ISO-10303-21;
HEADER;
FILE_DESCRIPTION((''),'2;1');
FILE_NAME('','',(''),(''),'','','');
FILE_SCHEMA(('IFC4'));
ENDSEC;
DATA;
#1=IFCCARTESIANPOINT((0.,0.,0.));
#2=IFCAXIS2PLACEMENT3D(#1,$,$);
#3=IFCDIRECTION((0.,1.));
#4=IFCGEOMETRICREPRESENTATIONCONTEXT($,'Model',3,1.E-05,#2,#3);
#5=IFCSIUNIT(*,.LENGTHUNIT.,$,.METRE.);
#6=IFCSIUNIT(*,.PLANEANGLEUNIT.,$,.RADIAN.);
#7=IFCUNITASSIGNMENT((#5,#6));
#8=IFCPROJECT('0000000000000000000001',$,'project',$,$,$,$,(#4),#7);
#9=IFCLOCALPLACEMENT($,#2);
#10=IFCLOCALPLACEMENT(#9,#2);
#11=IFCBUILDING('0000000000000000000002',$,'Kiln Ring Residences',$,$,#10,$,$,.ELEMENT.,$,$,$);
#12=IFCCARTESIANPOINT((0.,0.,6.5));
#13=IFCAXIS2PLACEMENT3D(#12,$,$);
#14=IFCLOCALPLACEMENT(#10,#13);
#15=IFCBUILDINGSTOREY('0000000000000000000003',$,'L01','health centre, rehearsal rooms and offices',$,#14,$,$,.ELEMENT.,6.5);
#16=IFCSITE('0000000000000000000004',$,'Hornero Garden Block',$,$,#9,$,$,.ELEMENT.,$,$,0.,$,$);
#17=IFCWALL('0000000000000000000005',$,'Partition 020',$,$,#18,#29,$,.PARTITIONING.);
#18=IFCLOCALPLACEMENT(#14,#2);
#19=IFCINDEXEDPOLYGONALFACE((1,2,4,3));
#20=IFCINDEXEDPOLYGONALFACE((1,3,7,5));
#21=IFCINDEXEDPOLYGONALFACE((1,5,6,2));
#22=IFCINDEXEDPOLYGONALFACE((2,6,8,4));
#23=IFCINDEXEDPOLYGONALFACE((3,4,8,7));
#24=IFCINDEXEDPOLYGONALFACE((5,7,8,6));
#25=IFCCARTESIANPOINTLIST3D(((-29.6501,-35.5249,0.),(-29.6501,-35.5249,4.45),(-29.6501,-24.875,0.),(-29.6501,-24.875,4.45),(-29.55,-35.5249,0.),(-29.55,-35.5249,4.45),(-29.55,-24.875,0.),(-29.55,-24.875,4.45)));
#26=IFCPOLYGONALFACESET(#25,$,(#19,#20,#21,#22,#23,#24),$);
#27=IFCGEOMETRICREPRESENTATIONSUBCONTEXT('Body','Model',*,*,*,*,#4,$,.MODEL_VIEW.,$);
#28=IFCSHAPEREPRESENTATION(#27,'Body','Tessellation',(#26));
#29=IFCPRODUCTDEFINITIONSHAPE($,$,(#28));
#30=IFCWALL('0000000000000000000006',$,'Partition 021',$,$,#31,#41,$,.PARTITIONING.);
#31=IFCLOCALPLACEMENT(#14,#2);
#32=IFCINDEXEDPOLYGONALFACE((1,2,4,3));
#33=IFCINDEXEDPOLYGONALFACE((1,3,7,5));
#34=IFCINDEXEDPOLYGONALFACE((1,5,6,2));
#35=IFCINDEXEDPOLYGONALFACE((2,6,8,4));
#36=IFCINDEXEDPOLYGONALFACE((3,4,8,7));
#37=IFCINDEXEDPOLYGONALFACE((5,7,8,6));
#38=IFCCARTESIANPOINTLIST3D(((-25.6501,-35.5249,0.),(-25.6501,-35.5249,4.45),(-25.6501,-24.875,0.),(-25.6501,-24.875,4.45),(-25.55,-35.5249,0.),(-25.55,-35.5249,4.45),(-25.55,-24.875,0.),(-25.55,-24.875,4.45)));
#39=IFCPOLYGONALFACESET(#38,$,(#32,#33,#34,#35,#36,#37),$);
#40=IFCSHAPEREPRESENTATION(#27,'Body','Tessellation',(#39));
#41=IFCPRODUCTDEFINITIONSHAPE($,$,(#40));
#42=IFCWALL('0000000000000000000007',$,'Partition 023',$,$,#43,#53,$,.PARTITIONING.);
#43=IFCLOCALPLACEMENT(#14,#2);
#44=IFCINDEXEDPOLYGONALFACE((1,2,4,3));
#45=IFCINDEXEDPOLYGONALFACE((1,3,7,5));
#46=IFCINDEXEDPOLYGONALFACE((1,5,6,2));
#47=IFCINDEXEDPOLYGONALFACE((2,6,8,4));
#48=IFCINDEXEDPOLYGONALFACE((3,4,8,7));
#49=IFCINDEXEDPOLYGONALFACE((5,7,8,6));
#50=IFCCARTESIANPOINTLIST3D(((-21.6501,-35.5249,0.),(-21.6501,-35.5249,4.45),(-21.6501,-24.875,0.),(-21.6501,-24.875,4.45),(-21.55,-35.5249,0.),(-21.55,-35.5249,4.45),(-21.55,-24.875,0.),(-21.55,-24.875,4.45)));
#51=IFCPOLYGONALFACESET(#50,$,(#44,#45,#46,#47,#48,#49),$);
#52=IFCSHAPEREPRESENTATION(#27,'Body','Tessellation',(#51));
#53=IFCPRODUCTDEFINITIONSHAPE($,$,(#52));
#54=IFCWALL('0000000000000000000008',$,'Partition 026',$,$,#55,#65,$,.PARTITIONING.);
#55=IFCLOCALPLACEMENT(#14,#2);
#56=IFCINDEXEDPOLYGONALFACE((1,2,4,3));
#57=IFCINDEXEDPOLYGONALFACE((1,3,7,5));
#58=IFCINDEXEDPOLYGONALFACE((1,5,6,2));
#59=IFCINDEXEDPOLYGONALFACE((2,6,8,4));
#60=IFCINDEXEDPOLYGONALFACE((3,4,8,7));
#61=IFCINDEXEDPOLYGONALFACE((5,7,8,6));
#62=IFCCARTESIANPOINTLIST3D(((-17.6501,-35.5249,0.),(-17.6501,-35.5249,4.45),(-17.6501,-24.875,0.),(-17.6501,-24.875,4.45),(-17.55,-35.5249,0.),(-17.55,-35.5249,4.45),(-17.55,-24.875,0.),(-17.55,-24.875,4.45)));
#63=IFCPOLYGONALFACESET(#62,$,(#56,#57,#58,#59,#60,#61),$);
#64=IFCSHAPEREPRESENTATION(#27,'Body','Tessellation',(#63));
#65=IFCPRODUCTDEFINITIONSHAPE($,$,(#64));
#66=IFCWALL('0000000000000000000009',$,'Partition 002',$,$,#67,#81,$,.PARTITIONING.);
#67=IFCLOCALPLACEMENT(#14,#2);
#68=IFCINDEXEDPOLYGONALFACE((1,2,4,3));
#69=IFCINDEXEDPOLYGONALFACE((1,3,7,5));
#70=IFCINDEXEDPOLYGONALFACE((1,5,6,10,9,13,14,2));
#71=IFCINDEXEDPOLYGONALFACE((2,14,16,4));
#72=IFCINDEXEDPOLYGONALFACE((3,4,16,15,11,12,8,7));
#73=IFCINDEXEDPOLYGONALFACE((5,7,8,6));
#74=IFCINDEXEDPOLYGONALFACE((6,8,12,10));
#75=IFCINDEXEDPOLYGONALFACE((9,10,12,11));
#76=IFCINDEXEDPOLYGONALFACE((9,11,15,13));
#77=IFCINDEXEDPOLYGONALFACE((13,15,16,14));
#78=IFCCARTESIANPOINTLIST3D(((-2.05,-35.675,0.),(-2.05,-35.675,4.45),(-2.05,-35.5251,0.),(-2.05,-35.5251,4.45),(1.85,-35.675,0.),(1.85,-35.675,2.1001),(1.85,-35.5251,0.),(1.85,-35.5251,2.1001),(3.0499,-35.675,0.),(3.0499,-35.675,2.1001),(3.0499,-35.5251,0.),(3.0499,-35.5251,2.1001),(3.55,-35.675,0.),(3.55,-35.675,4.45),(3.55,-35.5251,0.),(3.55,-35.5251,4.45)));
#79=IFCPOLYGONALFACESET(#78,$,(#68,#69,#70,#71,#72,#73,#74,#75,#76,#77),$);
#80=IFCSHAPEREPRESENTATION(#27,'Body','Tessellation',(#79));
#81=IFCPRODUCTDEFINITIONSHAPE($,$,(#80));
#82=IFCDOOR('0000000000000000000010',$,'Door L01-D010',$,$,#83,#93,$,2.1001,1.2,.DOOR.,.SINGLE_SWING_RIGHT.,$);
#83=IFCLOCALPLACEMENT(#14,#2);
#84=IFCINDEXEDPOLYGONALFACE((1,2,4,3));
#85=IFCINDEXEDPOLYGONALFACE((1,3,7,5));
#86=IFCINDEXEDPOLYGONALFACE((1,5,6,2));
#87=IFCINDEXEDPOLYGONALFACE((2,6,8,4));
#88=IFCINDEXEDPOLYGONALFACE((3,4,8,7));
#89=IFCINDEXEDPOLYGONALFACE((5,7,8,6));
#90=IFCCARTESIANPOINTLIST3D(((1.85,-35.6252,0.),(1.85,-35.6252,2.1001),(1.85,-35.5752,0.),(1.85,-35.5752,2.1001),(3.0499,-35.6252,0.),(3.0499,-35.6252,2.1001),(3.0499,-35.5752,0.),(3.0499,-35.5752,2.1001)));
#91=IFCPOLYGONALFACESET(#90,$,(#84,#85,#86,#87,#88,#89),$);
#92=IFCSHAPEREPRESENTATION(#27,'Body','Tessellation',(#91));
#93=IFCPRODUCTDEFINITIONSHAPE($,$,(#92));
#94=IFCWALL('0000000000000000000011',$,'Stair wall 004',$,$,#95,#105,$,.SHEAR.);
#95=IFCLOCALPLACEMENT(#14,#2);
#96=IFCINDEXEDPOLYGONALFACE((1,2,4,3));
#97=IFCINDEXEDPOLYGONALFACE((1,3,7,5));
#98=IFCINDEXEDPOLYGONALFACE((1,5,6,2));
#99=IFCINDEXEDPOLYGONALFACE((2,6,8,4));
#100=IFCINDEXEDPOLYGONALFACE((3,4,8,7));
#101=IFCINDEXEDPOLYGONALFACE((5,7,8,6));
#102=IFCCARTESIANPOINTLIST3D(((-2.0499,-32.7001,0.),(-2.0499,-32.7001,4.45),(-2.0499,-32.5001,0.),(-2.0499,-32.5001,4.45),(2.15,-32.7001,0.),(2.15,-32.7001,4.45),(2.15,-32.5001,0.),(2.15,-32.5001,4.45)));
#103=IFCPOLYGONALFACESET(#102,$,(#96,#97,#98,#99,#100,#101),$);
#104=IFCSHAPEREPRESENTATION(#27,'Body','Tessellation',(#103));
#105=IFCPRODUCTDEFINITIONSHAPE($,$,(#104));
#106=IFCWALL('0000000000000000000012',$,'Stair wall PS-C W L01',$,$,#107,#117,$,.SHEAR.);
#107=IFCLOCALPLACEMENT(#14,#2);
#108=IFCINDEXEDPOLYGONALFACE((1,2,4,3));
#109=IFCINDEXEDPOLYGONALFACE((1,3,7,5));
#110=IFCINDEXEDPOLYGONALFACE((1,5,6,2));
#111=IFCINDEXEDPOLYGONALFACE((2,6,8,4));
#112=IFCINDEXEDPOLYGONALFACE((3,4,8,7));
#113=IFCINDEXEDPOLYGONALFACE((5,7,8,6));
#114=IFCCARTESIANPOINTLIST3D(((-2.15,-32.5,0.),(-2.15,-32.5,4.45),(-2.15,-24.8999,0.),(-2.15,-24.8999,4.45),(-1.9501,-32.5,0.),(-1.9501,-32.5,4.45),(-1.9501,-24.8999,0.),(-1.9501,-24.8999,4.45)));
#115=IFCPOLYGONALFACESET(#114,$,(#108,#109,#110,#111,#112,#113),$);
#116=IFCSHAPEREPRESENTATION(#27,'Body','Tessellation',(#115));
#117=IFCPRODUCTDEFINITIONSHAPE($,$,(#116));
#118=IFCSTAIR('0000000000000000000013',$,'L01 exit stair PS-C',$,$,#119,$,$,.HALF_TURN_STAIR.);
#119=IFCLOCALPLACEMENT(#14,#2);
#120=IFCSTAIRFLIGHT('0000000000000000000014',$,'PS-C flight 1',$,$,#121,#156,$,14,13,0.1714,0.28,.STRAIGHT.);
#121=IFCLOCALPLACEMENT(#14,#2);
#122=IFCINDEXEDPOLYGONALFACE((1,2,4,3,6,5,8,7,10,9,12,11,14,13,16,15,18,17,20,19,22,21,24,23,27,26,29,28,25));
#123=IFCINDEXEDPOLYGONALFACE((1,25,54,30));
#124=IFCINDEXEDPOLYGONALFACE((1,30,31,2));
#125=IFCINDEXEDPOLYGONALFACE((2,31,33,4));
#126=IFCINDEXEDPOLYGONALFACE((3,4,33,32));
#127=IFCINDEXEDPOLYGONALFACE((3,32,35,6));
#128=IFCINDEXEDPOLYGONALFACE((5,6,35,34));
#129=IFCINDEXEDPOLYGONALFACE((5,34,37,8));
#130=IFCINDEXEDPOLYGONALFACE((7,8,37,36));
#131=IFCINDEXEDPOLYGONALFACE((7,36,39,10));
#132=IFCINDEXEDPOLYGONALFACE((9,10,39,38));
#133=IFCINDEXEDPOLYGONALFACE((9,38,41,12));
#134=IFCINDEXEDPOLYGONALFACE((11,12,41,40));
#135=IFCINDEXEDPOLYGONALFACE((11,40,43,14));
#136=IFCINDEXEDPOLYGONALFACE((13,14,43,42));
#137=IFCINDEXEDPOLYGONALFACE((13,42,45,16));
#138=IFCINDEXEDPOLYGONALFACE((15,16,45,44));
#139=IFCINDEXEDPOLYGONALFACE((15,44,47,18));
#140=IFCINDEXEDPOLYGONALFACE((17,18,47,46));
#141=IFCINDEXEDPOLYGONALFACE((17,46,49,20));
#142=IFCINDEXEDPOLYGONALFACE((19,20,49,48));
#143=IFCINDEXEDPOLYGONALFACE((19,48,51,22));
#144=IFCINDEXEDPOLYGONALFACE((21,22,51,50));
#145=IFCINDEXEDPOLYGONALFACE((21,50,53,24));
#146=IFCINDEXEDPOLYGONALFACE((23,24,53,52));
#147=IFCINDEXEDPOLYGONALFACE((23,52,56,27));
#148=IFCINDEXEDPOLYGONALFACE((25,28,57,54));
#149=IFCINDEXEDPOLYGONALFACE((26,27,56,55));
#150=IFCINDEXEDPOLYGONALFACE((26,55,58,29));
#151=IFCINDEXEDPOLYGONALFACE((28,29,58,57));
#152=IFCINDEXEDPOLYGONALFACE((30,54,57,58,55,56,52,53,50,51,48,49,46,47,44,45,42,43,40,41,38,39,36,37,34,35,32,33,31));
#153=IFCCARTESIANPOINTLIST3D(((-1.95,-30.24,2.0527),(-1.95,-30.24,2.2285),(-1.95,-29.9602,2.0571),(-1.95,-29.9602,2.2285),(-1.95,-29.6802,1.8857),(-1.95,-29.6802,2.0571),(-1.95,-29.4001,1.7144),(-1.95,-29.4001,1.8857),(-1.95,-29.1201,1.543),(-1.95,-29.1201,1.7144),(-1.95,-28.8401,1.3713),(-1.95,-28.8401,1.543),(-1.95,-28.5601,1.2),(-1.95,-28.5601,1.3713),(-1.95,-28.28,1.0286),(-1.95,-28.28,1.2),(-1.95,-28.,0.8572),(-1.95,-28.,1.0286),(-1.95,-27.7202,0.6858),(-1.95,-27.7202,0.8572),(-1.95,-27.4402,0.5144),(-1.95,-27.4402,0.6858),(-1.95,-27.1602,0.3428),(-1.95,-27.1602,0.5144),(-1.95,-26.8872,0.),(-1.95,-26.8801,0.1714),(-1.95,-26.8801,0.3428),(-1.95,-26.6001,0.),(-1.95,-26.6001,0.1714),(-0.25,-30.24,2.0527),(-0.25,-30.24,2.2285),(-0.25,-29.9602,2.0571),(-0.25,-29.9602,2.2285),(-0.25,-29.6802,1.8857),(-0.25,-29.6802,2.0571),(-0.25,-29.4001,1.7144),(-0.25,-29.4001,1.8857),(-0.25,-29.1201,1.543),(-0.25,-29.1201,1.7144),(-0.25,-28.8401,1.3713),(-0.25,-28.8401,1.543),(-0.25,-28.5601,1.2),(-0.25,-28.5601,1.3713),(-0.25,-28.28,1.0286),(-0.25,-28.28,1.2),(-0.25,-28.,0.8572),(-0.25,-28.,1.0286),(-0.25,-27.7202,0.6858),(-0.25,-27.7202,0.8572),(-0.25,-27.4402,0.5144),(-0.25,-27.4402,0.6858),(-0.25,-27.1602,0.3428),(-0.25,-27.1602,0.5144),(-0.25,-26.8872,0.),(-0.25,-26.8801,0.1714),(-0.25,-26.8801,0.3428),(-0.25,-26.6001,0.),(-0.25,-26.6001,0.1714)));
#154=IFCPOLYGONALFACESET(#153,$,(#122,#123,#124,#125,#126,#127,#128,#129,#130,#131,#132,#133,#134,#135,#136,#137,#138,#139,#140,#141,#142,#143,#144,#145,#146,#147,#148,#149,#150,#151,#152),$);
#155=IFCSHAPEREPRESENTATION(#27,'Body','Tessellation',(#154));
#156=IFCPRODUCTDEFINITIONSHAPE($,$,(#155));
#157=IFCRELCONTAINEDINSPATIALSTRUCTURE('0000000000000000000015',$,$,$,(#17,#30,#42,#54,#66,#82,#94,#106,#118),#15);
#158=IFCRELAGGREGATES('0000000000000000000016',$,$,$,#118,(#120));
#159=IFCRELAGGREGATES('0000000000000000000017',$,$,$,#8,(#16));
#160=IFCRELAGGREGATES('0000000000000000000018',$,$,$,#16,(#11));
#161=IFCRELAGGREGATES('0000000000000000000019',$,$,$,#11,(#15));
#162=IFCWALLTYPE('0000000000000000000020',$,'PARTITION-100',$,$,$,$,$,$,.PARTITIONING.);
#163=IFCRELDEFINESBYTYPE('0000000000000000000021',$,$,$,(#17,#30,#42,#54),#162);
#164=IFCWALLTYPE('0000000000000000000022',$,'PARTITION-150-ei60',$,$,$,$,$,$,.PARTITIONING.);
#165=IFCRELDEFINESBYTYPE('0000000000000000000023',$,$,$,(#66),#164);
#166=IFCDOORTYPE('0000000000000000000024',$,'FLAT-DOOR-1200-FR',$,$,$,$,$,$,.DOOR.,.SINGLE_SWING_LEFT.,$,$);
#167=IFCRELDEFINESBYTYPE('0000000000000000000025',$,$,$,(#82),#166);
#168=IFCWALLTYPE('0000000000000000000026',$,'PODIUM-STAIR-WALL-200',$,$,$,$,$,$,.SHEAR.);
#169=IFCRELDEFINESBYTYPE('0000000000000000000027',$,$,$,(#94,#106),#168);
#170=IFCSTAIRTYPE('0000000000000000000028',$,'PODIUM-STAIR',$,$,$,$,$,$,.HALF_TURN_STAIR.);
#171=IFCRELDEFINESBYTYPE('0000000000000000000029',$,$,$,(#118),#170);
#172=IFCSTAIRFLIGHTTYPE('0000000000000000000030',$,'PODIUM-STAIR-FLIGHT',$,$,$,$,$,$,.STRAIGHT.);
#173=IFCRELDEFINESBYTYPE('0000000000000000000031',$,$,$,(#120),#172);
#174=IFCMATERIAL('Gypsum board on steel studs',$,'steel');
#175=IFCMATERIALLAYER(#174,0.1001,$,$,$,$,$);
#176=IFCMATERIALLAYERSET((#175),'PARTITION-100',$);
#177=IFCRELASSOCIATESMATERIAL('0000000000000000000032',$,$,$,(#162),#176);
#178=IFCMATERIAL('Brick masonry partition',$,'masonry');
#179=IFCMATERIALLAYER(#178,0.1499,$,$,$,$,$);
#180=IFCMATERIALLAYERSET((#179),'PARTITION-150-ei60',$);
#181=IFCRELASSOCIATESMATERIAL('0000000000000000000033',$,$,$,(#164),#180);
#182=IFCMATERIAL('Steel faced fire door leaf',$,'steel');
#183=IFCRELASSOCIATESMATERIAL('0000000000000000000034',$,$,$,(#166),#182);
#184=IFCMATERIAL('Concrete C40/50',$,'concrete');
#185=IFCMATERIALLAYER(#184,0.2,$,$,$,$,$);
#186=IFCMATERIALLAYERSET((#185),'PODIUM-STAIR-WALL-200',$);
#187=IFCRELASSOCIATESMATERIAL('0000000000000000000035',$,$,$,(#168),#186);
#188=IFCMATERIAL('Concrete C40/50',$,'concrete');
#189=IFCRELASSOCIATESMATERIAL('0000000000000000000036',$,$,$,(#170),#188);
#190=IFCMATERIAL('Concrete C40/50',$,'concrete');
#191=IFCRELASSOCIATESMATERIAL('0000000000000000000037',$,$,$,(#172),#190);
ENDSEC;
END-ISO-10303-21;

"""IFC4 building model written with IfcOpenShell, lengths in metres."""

from ifc_helpers import new_model, si_unit, direction, frame, frame_2d, origin, place, context, subcontext, project, spatial, polyline, rectangle, outline, extrude, material, layer, layer_set, type_object, element, fill, aggregate, save


model = new_model("IFC4")

# Units and contexts
model_context = context("Model", 3, precision=1e-05, world=origin(), true_north=direction((0.0, 1.0)))
body_context = subcontext(model_context, "Body", "Model", "MODEL_VIEW")
ifc_project = project(units=[si_unit("LENGTHUNIT", "METRE"), si_unit("PLANEANGLEUNIT", "RADIAN")], contexts=[model_context])

# Site, building, storey
site_placement = place(None, origin())
site = spatial("IfcSite", under=ifc_project, at=site_placement, Name="Hornero Garden Block", CompositionType="ELEMENT", RefElevation=0.0)
building_placement = place(site_placement, origin())
building = spatial("IfcBuilding", under=site, at=building_placement, Name="Kiln Ring Residences", CompositionType="ELEMENT")
storey_placement = place(building_placement, frame((0.0, 0.0, 6.5)))
storey = spatial("IfcBuildingStorey", under=building, at=storey_placement, Name="L01", Description="health centre, rehearsal rooms and offices", CompositionType="ELEMENT", Elevation=6.5)

# Walls
ifc_material_1 = material(Name="Gypsum board on steel studs", Category="steel")
ifc_layer_1 = layer(ifc_material_1, 0.1001)
ifc_layer_set_1 = layer_set([ifc_layer_1], Name="PARTITION-100")
wall_type_1 = type_object("IfcWallType", Name="PARTITION-100", PredefinedType="PARTITIONING", material=ifc_layer_set_1)
for number, where, z_axis, x_axis, name in (
    (1, (-29.6001, -35.5249, 0.0), (0.0, 0.0, 1.0), (0.0, 1.0, 0.0), "Partition 020"),
    (2, (-25.6001, -35.5249, 0.0), (0.0, 0.0, 1.0), (0.0, 1.0, 0.0), "Partition 021"),
    (3, (-21.6001, -35.5249, 0.0), (0.0, 0.0, 1.0), (0.0, 1.0, 0.0), "Partition 023"),
    (4, (-17.6001, -35.5249, 0.0), (0.0, 0.0, 1.0), (0.0, 1.0, 0.0), "Partition 026"),
):
    element("IfcWall", number, at=place(storey_placement, frame(where, z_axis=z_axis, x_axis=x_axis)), inside=storey, type_object=wall_type_1, Name=name, PredefinedType="PARTITIONING", context=body_context, shape_type="SweptSolid", body=[
        extrude(rectangle(XDim=10.6499, YDim=0.1001, at=frame_2d((5.325, 0.0))), origin(), (0.0, 0.0, 1.0), 4.45),
    ])

# Wall, opening, door
ifc_material_2 = material(Name="Brick masonry partition", Category="masonry")
ifc_layer_2 = layer(ifc_material_2, 0.1499)
ifc_layer_set_2 = layer_set([ifc_layer_2], Name="PARTITION-150-ei60")
wall_type_2 = type_object("IfcWallType", Name="PARTITION-150-ei60", PredefinedType="PARTITIONING", material=ifc_layer_set_2)
wall_1_placement = place(storey_placement, frame((-2.05, -35.6001, 0.0), z_axis=(0.0, 0.0, 1.0), x_axis=(1.0, 0.0, 0.0)))
wall_1 = element("IfcWall", 5, at=wall_1_placement, inside=storey, type_object=wall_type_2, Name="Partition 002", PredefinedType="PARTITIONING", context=body_context, shape_type="SweptSolid", body=[
    extrude(rectangle(XDim=5.6001, YDim=0.1499, at=frame_2d((2.8, 0.0))), origin(), (0.0, 0.0, 1.0), 4.45),
])
opening_placement = place(wall_1_placement, frame((3.8999, 0.0, 0.0)))
opening = element("IfcOpeningElement", 6, at=opening_placement, cuts=wall_1, PredefinedType="OPENING", context=body_context, shape_type="SweptSolid", body=[
    extrude(rectangle(XDim=1.2, YDim=2.1001, at=frame_2d((0.6001, 1.05))), frame((0.0, 0.085, 0.0), z_axis=(0.0, -1.0, 0.0), x_axis=(1.0, 0.0, 0.0)), (0.0, 0.0, 1.0), 0.1699),
])
ifc_material_3 = material(Name="Steel faced fire door leaf", Category="steel")
door_type = type_object("IfcDoorType", Name="FLAT-DOOR-1200-FR", OperationType="SINGLE_SWING_LEFT", PredefinedType="DOOR", material=ifc_material_3)
door_placement = place(opening_placement, origin())
door = element("IfcDoor", 7, at=door_placement, inside=storey, type_object=door_type, Name="Door L01-D010", OperationType="SINGLE_SWING_RIGHT", OverallHeight=2.1001, OverallWidth=1.2, PredefinedType="DOOR", context=body_context, shape_type="SweptSolid", body=[
    extrude(rectangle(XDim=1.2, YDim=2.1001, at=frame_2d((0.6001, 1.05))), frame((0.0, 0.0249, 0.0), z_axis=(0.0, -1.0, 0.0), x_axis=(1.0, 0.0, 0.0)), (0.0, 0.0, 1.0), 0.05),
])
fill(opening, door)

# Walls
ifc_material_4 = material(Name="Concrete C40/50", Category="concrete")
ifc_layer_3 = layer(ifc_material_4, 0.2)
ifc_layer_set_3 = layer_set([ifc_layer_3], Name="PODIUM-STAIR-WALL-200")
wall_type_3 = type_object("IfcWallType", Name="PODIUM-STAIR-WALL-200", PredefinedType="SHEAR", material=ifc_layer_set_3)
wall_2_placement = place(storey_placement, frame((-2.05, -32.6001, 0.0), z_axis=(0.0, 0.0, 1.0), x_axis=(1.0, 0.0, 0.0)))
element("IfcWall", 8, at=wall_2_placement, inside=storey, type_object=wall_type_3, Name="Stair wall 004", PredefinedType="SHEAR", context=body_context, shape_type="SweptSolid", body=[
    extrude(rectangle(XDim=4.2, YDim=0.2, at=frame_2d((2.1001, 0.0))), origin(), (0.0, 0.0, 1.0), 4.45),
])
wall_3_placement = place(storey_placement, frame((-2.05, -32.5, 0.0), z_axis=(0.0, 0.0, 1.0), x_axis=(0.0, 1.0, 0.0)))
element("IfcWall", 9, at=wall_3_placement, inside=storey, type_object=wall_type_3, Name="Stair wall PS-C W L01", PredefinedType="SHEAR", context=body_context, shape_type="SweptSolid", body=[
    extrude(rectangle(XDim=7.6001, YDim=0.2, at=frame_2d((3.8, 0.0))), origin(), (0.0, 0.0, 1.0), 4.45),
])

# Stair, stair flight
ifc_material_5 = material(Name="Concrete C40/50", Category="concrete")
stair_type = type_object("IfcStairType", Name="PODIUM-STAIR", PredefinedType="HALF_TURN_STAIR", material=ifc_material_5)
stair_placement = place(storey_placement, origin())
stair = element("IfcStair", 10, at=stair_placement, inside=storey, type_object=stair_type, Name="L01 exit stair PS-C", PredefinedType="HALF_TURN_STAIR")
ifc_material_6 = material(Name="Concrete C40/50", Category="concrete")
stair_flight_type = type_object("IfcStairFlightType", Name="PODIUM-STAIR-FLIGHT", PredefinedType="STRAIGHT", material=ifc_material_6)
stair_flight_placement = place(storey_placement, frame((-1.1001, -26.6001, 0.0), z_axis=(0.0, 0.0, 1.0), x_axis=(0.0, -1.0, 0.0)))
stair_flight = element("IfcStairFlight", 11, at=stair_flight_placement, type_object=stair_flight_type, Name="PS-C flight 1", NumberOfRisers=14, NumberOfTreads=13, PredefinedType="STRAIGHT", RiserHeight=0.1714, TreadLength=0.28, context=body_context, shape_type="SweptSolid", body=[
    extrude(outline(polyline([(0.0, 0.0), (0.0, 0.1714), (0.28, 0.1714), (0.28, 0.3428), (0.5601, 0.3428), (0.5601, 0.5144), (0.8401, 0.5144), (0.8401, 0.6858), (1.1201, 0.6858), (1.1201, 0.8572), (1.3999, 0.8572), (1.3999, 1.0286), (1.6799, 1.0286), (1.6799, 1.2), (1.96, 1.2), (1.96, 1.3713), (2.24, 1.3713), (2.24, 1.543), (2.52, 1.543), (2.52, 1.7144), (2.8, 1.7144), (2.8, 1.8857), (3.0801, 1.8857), (3.0801, 2.0571), (3.3601, 2.0571), (3.3601, 2.2285), (3.6399, 2.2285), (3.6399, 2.3999), (3.6399, 2.0527), (0.2871, 0.0), (0.0, 0.0)])), frame((0.0, 0.8501, 0.0), z_axis=(0.0, -1.0, 0.0), x_axis=(1.0, 0.0, 0.0)), (0.0, 0.0, 1.0), 1.7),
])
aggregate(stair, [stair_flight])

save(model, "model.ifc")
